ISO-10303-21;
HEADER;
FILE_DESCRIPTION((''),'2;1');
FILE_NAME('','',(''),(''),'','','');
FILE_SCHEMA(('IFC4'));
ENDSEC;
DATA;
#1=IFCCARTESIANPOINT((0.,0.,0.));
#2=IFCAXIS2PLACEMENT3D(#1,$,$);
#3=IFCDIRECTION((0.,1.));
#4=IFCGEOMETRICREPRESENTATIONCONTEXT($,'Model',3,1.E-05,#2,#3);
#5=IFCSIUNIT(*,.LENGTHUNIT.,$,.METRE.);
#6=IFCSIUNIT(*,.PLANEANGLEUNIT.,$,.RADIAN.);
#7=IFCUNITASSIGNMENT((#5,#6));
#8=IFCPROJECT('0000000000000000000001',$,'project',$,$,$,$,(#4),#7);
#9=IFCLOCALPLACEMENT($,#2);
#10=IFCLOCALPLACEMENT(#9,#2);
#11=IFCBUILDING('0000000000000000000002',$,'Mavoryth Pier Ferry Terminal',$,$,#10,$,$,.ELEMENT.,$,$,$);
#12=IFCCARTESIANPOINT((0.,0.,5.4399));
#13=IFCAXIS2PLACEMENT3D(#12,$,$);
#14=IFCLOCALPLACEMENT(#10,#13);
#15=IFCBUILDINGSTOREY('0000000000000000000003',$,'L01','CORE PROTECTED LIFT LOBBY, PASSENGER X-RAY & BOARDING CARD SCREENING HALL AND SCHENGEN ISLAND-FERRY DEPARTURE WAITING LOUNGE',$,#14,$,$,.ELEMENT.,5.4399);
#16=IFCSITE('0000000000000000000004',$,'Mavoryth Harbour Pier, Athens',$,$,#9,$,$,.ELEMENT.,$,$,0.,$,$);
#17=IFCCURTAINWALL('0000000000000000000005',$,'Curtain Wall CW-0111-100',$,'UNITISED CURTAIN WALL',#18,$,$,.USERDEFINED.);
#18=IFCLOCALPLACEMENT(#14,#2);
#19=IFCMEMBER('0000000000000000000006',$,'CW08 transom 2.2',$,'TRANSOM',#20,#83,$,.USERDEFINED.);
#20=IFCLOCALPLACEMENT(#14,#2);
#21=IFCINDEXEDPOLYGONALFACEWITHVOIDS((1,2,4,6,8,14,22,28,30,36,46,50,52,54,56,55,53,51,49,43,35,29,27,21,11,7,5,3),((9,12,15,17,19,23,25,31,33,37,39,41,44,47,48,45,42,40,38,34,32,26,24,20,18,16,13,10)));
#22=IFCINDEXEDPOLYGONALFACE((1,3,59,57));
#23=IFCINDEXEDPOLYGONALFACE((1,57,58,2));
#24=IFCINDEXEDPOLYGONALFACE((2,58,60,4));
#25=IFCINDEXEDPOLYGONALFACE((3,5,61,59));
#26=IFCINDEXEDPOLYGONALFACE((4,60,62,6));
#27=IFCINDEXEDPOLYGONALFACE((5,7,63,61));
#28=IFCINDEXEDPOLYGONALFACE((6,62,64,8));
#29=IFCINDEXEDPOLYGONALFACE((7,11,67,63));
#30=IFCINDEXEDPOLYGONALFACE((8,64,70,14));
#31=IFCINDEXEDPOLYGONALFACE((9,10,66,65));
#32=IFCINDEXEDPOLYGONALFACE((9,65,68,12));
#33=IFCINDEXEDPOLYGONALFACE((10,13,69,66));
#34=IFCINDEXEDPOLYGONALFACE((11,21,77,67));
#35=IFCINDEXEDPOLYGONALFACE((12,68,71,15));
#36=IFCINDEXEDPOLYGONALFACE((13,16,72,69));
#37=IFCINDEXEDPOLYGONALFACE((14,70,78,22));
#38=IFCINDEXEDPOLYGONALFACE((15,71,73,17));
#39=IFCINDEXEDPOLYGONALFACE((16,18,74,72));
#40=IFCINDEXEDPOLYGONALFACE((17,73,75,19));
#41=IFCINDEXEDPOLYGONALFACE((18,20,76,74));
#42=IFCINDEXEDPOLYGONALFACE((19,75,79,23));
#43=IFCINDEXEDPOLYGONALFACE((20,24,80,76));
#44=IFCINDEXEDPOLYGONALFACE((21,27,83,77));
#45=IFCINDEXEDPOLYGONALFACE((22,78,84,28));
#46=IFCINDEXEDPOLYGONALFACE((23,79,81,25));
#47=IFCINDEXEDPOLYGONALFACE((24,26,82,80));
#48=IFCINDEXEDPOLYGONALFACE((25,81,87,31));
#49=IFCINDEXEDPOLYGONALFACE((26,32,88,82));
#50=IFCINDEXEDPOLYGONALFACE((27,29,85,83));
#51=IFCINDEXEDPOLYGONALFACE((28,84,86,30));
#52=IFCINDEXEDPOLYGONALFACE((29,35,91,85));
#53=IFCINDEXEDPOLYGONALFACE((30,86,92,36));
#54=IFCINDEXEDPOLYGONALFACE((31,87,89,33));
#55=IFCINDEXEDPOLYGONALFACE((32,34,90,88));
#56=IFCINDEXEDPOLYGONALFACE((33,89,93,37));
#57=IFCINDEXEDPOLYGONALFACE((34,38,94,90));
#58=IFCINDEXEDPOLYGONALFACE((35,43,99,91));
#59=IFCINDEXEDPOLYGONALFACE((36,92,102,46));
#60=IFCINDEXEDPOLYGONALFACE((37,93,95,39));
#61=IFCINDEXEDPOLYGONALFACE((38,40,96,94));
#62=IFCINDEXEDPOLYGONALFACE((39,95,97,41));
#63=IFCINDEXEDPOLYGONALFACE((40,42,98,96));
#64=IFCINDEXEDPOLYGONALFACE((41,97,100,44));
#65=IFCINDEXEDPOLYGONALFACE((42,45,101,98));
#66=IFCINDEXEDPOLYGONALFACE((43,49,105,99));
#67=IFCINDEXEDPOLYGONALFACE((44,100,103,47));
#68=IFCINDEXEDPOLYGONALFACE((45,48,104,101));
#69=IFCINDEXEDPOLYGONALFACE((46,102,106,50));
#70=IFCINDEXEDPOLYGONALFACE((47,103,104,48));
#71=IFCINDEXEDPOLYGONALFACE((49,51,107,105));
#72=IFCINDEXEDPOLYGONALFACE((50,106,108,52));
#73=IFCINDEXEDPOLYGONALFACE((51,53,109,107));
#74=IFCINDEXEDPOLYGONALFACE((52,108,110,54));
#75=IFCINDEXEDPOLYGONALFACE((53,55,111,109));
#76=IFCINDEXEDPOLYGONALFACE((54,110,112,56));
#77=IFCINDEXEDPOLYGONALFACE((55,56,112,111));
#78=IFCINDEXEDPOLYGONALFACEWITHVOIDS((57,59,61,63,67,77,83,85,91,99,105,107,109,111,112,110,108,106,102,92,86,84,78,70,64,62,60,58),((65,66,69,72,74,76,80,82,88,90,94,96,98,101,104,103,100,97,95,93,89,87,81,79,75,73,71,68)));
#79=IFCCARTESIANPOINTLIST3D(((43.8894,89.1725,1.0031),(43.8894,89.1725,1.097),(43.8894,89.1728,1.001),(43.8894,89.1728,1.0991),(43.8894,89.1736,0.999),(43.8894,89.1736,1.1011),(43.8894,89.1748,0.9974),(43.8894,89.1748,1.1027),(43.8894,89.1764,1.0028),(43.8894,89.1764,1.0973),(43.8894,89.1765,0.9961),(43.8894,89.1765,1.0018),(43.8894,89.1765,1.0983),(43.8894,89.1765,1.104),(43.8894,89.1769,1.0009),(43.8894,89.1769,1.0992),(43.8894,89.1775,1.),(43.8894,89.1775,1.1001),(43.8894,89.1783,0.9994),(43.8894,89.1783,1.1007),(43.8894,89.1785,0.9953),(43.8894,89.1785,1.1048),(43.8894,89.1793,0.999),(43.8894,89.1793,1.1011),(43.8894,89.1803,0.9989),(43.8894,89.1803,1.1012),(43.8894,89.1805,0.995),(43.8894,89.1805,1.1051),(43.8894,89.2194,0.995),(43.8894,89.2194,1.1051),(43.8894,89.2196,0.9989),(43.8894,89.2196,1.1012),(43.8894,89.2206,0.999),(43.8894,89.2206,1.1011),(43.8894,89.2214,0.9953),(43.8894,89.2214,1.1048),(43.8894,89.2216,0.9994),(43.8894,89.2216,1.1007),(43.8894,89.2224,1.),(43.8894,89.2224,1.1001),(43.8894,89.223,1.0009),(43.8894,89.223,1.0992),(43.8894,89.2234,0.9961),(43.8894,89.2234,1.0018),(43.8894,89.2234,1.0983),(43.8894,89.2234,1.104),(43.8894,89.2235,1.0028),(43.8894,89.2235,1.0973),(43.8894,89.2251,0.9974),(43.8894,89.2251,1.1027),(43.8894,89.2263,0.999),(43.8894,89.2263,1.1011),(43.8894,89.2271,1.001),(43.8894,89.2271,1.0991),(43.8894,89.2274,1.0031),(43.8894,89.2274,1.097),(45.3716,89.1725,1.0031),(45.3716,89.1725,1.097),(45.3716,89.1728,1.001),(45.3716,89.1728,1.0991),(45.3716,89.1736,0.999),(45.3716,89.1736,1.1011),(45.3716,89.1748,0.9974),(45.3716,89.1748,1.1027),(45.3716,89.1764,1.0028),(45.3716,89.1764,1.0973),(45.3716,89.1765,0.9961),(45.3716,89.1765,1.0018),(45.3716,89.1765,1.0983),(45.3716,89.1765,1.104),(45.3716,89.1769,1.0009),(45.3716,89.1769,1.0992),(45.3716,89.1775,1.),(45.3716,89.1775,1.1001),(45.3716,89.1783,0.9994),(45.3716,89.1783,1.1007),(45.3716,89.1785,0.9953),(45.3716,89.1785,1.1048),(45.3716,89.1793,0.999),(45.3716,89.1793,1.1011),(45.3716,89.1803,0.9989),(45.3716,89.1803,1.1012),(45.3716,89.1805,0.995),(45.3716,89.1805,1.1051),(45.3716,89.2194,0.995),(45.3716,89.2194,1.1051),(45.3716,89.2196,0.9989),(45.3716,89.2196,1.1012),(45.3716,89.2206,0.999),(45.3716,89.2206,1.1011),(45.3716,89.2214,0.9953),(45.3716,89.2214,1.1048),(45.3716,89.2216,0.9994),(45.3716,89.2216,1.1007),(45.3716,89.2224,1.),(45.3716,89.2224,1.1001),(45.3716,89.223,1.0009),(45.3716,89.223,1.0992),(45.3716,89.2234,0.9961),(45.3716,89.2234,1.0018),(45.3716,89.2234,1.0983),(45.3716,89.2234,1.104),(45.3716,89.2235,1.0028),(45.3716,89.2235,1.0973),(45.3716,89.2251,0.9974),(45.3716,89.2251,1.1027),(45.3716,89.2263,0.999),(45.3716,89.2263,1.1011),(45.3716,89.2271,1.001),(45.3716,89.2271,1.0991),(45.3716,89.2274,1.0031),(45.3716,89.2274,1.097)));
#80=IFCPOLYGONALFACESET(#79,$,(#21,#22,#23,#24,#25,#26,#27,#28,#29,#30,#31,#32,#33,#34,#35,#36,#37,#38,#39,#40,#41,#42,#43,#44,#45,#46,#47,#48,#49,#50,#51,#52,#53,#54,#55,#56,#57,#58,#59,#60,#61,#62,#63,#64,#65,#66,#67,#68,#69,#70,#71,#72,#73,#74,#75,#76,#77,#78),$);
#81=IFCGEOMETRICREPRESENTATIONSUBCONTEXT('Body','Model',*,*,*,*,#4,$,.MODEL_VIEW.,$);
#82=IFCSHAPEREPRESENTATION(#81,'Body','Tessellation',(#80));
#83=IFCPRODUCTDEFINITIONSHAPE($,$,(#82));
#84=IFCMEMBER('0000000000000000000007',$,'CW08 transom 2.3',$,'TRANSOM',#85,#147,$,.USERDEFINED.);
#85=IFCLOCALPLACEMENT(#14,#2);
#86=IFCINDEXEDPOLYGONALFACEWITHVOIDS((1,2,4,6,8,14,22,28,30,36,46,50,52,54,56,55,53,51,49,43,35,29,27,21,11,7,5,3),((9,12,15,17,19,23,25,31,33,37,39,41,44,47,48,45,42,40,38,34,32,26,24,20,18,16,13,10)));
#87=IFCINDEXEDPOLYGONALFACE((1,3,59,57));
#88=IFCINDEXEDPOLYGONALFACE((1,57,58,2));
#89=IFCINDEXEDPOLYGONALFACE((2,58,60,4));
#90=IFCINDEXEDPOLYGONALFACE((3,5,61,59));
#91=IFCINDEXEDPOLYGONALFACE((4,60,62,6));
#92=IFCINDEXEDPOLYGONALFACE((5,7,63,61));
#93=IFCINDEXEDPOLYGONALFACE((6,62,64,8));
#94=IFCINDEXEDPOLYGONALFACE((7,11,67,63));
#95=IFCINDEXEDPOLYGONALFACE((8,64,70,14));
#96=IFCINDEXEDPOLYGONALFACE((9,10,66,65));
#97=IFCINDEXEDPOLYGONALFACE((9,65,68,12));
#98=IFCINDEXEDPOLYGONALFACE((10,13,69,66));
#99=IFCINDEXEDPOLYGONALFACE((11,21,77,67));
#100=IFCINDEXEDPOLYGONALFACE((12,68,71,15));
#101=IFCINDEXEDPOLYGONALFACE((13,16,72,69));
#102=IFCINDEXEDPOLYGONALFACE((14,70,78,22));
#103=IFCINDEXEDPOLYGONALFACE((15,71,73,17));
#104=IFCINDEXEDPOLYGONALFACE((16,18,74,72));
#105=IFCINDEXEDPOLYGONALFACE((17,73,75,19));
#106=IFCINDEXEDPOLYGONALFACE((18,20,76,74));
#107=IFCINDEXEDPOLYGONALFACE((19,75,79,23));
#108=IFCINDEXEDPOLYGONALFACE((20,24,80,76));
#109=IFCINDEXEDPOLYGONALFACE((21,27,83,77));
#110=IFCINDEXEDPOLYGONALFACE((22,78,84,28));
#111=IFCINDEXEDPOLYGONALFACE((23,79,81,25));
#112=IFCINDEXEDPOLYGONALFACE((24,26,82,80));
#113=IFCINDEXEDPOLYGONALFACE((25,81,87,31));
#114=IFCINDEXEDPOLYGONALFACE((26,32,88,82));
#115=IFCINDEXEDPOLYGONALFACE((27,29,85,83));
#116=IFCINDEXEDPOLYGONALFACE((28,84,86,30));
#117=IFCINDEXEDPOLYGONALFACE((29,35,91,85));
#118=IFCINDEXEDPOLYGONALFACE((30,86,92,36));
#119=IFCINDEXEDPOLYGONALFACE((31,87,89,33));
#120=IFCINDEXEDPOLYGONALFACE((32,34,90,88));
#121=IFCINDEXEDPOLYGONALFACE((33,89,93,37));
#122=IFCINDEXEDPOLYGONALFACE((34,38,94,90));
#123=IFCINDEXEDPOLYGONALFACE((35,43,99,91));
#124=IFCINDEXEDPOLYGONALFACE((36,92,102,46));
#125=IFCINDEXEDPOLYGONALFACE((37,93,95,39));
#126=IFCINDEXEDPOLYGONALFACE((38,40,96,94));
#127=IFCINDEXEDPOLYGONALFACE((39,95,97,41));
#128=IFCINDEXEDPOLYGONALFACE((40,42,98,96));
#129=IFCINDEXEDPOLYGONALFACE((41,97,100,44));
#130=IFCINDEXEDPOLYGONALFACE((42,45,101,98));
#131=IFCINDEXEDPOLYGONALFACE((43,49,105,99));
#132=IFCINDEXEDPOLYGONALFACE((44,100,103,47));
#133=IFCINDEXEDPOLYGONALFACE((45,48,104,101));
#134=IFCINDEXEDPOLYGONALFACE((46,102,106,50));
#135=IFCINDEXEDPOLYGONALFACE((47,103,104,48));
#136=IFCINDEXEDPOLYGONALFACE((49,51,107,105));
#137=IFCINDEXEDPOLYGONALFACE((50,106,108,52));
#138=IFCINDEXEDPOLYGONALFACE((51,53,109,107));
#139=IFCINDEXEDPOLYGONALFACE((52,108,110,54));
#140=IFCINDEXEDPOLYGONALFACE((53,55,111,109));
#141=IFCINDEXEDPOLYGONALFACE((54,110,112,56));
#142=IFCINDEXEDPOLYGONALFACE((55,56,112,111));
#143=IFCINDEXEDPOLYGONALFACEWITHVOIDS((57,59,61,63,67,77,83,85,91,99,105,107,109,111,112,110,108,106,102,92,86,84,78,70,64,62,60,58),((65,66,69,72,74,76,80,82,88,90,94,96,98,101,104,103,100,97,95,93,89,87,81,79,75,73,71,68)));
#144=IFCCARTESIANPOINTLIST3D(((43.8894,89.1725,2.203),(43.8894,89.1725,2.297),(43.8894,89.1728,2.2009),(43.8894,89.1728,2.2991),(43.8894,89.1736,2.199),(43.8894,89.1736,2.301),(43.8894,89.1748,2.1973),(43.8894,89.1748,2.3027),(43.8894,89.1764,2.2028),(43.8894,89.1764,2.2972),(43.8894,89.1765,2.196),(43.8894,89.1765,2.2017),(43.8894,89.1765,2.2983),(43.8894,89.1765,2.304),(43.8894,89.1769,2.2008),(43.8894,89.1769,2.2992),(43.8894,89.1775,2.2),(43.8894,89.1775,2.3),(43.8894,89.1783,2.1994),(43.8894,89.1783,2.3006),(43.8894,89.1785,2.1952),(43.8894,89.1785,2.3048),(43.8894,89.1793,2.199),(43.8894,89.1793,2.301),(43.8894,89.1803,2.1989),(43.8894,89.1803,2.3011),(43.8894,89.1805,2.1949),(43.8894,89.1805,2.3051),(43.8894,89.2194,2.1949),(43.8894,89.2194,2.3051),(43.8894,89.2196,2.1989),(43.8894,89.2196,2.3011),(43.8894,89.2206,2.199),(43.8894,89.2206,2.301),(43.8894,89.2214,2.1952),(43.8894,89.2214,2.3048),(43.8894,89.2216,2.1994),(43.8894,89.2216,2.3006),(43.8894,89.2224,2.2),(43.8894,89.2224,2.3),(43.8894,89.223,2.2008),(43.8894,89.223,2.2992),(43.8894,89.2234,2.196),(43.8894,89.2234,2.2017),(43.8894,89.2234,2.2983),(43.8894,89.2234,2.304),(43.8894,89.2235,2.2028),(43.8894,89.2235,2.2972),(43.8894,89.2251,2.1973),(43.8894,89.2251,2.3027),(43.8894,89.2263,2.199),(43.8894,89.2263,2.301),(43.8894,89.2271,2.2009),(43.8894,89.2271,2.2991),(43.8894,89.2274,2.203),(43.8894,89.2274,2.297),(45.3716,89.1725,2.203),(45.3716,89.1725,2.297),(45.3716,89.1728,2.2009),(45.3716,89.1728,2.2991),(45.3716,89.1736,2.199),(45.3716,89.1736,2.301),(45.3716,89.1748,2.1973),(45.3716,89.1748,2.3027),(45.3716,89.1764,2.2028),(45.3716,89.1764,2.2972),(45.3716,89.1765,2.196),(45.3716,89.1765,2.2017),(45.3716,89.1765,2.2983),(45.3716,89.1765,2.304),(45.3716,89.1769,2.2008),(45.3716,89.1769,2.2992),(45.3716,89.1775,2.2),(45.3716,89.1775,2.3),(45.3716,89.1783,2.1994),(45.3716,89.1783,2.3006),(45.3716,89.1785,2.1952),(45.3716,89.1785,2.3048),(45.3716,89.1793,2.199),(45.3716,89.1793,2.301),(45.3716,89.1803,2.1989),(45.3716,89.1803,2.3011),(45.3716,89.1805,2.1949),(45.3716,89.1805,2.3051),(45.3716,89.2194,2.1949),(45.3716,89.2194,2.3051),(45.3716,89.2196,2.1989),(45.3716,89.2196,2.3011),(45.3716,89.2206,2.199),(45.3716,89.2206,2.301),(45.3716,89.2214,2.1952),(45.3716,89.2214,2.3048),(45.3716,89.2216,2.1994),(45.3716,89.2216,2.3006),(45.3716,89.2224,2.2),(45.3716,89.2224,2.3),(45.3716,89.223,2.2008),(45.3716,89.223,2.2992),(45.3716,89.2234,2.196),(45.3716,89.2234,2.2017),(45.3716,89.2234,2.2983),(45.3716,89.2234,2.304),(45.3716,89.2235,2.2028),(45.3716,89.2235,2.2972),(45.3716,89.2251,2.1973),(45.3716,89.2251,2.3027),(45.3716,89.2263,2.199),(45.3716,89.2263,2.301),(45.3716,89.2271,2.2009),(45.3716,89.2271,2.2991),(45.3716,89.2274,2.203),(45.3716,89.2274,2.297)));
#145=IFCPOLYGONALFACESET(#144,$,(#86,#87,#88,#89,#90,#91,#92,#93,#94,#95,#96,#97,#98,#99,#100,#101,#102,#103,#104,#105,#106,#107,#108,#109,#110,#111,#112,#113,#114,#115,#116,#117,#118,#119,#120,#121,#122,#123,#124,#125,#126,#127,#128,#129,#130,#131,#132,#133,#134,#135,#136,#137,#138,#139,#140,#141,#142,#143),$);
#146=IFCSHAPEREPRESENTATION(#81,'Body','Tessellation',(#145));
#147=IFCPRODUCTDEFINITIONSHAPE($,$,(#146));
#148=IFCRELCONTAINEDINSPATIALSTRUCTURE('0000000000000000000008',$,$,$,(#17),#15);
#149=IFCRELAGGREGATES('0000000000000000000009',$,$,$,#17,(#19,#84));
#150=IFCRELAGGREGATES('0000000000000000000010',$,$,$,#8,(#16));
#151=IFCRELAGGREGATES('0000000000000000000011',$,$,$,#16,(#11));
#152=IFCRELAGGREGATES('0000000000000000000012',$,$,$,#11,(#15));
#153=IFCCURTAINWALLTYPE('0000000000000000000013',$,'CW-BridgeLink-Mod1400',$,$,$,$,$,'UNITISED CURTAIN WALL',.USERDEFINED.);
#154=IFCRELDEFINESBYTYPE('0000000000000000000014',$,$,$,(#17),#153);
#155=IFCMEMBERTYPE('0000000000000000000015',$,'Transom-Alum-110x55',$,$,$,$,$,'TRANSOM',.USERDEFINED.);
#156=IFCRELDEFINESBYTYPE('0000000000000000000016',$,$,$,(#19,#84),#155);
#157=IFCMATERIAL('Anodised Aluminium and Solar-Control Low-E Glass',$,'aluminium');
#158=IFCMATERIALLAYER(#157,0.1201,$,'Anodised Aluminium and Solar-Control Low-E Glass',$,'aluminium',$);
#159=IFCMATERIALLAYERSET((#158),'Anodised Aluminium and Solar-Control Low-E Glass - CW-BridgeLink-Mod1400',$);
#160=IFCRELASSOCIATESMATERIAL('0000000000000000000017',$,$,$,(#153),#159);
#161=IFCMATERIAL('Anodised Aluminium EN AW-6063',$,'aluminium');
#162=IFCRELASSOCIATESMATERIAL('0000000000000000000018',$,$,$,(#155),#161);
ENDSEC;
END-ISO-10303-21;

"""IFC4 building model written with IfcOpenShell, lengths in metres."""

from ifc_helpers import new_model, si_unit, direction, frame, origin, origin_2d, place, context, subcontext, project, spatial, hollow_rectangle, extrude, material, layer, layer_set, material_profile, profile_set, type_object, element, aggregate, save


model = new_model("IFC4")

# Units and contexts
model_context = context("Model", 3, precision=1e-05, world=origin(), true_north=direction((0.0, 1.0)))
body_context = subcontext(model_context, "Body", "Model", "MODEL_VIEW")
ifc_project = project(units=[si_unit("LENGTHUNIT", "METRE"), si_unit("PLANEANGLEUNIT", "RADIAN")], contexts=[model_context])

# Site, building, storey
site_placement = place(None, origin())
site = spatial("IfcSite", under=ifc_project, at=site_placement, Name="Mavoryth Harbour Pier, Athens", CompositionType="ELEMENT", RefElevation=0.0)
building_placement = place(site_placement, origin())
building = spatial("IfcBuilding", under=site, at=building_placement, Name="Mavoryth Pier Ferry Terminal", CompositionType="ELEMENT")
storey_placement = place(building_placement, frame((0.0, 0.0, 5.4399)))
storey = spatial("IfcBuildingStorey", under=building, at=storey_placement, Name="L01", Description="CORE PROTECTED LIFT LOBBY, PASSENGER X-RAY & BOARDING CARD SCREENING HALL AND SCHENGEN ISLAND-FERRY DEPARTURE WAITING LOUNGE", CompositionType="ELEMENT", Elevation=5.4399)

# Curtain wall
ifc_material_1 = material(Name="Anodised Aluminium and Solar-Control Low-E Glass", Category="aluminium")
ifc_layer_1 = layer(ifc_material_1, 0.1201, Name="Anodised Aluminium and Solar-Control Low-E Glass", Category="aluminium")
ifc_layer_set_1 = layer_set([ifc_layer_1], Name="Anodised Aluminium and Solar-Control Low-E Glass - CW-BridgeLink-Mod1400")
curtain_wall_type = type_object("IfcCurtainWallType", Name="CW-BridgeLink-Mod1400", ElementType="UNITISED CURTAIN WALL", PredefinedType="USERDEFINED", material=ifc_layer_set_1)
curtain_wall_placement = place(storey_placement, origin())
curtain_wall = element("IfcCurtainWall", 1, at=curtain_wall_placement, inside=storey, type_object=curtain_wall_type, Name="Curtain Wall CW-0111-100", ObjectType="UNITISED CURTAIN WALL", PredefinedType="USERDEFINED")
ifc_material_2 = material(Name="Anodised Aluminium EN AW-6063", Category="aluminium")

# Members
ifc_material_profile_1 = material_profile(ifc_material_2, hollow_rectangle(XDim=0.0549, YDim=0.1101, WallThickness=0.0039, InnerFilletRadius=0.0039, OuterFilletRadius=0.0081, at=origin_2d()), Name="AL-TRAN 110x55x4", Category="aluminium")
ifc_profile_set_1 = profile_set([ifc_material_profile_1], Name="Anodised Aluminium EN AW-6063 - AL-TRAN 110x55x4")
member_type_1 = type_object("IfcMemberType", Name="Transom-Alum-110x55", ElementType="TRANSOM", PredefinedType="USERDEFINED", material=ifc_profile_set_1)
member_1_placement = place(storey_placement, frame((43.8894, 89.2, 1.05), z_axis=(1.0, 0.0, 0.0), x_axis=(0.0, 1.0, 0.0)))
member_1 = element("IfcMember", 2, at=member_1_placement, type_object=member_type_1, Name="CW08 transom 2.2", ObjectType="TRANSOM", PredefinedType="USERDEFINED", context=body_context, shape_type="SweptSolid", body=[
    extrude(hollow_rectangle(XDim=0.0549, YDim=0.1101, WallThickness=0.0039, InnerFilletRadius=0.0039, OuterFilletRadius=0.0081, at=origin_2d()), origin(), (0.0, 0.0, 1.0), 1.4822),
])
member_2_placement = place(storey_placement, frame((43.8894, 89.2, 2.25), z_axis=(1.0, 0.0, 0.0), x_axis=(0.0, 1.0, 0.0)))
member_2 = element("IfcMember", 3, at=member_2_placement, type_object=member_type_1, Name="CW08 transom 2.3", ObjectType="TRANSOM", PredefinedType="USERDEFINED", context=body_context, shape_type="SweptSolid", body=[
    extrude(hollow_rectangle(XDim=0.0549, YDim=0.1101, WallThickness=0.0039, InnerFilletRadius=0.0039, OuterFilletRadius=0.0081, at=origin_2d()), origin(), (0.0, 0.0, 1.0), 1.4822),
])

aggregate(curtain_wall, [member_1, member_2])

save(model, "model.ifc")
